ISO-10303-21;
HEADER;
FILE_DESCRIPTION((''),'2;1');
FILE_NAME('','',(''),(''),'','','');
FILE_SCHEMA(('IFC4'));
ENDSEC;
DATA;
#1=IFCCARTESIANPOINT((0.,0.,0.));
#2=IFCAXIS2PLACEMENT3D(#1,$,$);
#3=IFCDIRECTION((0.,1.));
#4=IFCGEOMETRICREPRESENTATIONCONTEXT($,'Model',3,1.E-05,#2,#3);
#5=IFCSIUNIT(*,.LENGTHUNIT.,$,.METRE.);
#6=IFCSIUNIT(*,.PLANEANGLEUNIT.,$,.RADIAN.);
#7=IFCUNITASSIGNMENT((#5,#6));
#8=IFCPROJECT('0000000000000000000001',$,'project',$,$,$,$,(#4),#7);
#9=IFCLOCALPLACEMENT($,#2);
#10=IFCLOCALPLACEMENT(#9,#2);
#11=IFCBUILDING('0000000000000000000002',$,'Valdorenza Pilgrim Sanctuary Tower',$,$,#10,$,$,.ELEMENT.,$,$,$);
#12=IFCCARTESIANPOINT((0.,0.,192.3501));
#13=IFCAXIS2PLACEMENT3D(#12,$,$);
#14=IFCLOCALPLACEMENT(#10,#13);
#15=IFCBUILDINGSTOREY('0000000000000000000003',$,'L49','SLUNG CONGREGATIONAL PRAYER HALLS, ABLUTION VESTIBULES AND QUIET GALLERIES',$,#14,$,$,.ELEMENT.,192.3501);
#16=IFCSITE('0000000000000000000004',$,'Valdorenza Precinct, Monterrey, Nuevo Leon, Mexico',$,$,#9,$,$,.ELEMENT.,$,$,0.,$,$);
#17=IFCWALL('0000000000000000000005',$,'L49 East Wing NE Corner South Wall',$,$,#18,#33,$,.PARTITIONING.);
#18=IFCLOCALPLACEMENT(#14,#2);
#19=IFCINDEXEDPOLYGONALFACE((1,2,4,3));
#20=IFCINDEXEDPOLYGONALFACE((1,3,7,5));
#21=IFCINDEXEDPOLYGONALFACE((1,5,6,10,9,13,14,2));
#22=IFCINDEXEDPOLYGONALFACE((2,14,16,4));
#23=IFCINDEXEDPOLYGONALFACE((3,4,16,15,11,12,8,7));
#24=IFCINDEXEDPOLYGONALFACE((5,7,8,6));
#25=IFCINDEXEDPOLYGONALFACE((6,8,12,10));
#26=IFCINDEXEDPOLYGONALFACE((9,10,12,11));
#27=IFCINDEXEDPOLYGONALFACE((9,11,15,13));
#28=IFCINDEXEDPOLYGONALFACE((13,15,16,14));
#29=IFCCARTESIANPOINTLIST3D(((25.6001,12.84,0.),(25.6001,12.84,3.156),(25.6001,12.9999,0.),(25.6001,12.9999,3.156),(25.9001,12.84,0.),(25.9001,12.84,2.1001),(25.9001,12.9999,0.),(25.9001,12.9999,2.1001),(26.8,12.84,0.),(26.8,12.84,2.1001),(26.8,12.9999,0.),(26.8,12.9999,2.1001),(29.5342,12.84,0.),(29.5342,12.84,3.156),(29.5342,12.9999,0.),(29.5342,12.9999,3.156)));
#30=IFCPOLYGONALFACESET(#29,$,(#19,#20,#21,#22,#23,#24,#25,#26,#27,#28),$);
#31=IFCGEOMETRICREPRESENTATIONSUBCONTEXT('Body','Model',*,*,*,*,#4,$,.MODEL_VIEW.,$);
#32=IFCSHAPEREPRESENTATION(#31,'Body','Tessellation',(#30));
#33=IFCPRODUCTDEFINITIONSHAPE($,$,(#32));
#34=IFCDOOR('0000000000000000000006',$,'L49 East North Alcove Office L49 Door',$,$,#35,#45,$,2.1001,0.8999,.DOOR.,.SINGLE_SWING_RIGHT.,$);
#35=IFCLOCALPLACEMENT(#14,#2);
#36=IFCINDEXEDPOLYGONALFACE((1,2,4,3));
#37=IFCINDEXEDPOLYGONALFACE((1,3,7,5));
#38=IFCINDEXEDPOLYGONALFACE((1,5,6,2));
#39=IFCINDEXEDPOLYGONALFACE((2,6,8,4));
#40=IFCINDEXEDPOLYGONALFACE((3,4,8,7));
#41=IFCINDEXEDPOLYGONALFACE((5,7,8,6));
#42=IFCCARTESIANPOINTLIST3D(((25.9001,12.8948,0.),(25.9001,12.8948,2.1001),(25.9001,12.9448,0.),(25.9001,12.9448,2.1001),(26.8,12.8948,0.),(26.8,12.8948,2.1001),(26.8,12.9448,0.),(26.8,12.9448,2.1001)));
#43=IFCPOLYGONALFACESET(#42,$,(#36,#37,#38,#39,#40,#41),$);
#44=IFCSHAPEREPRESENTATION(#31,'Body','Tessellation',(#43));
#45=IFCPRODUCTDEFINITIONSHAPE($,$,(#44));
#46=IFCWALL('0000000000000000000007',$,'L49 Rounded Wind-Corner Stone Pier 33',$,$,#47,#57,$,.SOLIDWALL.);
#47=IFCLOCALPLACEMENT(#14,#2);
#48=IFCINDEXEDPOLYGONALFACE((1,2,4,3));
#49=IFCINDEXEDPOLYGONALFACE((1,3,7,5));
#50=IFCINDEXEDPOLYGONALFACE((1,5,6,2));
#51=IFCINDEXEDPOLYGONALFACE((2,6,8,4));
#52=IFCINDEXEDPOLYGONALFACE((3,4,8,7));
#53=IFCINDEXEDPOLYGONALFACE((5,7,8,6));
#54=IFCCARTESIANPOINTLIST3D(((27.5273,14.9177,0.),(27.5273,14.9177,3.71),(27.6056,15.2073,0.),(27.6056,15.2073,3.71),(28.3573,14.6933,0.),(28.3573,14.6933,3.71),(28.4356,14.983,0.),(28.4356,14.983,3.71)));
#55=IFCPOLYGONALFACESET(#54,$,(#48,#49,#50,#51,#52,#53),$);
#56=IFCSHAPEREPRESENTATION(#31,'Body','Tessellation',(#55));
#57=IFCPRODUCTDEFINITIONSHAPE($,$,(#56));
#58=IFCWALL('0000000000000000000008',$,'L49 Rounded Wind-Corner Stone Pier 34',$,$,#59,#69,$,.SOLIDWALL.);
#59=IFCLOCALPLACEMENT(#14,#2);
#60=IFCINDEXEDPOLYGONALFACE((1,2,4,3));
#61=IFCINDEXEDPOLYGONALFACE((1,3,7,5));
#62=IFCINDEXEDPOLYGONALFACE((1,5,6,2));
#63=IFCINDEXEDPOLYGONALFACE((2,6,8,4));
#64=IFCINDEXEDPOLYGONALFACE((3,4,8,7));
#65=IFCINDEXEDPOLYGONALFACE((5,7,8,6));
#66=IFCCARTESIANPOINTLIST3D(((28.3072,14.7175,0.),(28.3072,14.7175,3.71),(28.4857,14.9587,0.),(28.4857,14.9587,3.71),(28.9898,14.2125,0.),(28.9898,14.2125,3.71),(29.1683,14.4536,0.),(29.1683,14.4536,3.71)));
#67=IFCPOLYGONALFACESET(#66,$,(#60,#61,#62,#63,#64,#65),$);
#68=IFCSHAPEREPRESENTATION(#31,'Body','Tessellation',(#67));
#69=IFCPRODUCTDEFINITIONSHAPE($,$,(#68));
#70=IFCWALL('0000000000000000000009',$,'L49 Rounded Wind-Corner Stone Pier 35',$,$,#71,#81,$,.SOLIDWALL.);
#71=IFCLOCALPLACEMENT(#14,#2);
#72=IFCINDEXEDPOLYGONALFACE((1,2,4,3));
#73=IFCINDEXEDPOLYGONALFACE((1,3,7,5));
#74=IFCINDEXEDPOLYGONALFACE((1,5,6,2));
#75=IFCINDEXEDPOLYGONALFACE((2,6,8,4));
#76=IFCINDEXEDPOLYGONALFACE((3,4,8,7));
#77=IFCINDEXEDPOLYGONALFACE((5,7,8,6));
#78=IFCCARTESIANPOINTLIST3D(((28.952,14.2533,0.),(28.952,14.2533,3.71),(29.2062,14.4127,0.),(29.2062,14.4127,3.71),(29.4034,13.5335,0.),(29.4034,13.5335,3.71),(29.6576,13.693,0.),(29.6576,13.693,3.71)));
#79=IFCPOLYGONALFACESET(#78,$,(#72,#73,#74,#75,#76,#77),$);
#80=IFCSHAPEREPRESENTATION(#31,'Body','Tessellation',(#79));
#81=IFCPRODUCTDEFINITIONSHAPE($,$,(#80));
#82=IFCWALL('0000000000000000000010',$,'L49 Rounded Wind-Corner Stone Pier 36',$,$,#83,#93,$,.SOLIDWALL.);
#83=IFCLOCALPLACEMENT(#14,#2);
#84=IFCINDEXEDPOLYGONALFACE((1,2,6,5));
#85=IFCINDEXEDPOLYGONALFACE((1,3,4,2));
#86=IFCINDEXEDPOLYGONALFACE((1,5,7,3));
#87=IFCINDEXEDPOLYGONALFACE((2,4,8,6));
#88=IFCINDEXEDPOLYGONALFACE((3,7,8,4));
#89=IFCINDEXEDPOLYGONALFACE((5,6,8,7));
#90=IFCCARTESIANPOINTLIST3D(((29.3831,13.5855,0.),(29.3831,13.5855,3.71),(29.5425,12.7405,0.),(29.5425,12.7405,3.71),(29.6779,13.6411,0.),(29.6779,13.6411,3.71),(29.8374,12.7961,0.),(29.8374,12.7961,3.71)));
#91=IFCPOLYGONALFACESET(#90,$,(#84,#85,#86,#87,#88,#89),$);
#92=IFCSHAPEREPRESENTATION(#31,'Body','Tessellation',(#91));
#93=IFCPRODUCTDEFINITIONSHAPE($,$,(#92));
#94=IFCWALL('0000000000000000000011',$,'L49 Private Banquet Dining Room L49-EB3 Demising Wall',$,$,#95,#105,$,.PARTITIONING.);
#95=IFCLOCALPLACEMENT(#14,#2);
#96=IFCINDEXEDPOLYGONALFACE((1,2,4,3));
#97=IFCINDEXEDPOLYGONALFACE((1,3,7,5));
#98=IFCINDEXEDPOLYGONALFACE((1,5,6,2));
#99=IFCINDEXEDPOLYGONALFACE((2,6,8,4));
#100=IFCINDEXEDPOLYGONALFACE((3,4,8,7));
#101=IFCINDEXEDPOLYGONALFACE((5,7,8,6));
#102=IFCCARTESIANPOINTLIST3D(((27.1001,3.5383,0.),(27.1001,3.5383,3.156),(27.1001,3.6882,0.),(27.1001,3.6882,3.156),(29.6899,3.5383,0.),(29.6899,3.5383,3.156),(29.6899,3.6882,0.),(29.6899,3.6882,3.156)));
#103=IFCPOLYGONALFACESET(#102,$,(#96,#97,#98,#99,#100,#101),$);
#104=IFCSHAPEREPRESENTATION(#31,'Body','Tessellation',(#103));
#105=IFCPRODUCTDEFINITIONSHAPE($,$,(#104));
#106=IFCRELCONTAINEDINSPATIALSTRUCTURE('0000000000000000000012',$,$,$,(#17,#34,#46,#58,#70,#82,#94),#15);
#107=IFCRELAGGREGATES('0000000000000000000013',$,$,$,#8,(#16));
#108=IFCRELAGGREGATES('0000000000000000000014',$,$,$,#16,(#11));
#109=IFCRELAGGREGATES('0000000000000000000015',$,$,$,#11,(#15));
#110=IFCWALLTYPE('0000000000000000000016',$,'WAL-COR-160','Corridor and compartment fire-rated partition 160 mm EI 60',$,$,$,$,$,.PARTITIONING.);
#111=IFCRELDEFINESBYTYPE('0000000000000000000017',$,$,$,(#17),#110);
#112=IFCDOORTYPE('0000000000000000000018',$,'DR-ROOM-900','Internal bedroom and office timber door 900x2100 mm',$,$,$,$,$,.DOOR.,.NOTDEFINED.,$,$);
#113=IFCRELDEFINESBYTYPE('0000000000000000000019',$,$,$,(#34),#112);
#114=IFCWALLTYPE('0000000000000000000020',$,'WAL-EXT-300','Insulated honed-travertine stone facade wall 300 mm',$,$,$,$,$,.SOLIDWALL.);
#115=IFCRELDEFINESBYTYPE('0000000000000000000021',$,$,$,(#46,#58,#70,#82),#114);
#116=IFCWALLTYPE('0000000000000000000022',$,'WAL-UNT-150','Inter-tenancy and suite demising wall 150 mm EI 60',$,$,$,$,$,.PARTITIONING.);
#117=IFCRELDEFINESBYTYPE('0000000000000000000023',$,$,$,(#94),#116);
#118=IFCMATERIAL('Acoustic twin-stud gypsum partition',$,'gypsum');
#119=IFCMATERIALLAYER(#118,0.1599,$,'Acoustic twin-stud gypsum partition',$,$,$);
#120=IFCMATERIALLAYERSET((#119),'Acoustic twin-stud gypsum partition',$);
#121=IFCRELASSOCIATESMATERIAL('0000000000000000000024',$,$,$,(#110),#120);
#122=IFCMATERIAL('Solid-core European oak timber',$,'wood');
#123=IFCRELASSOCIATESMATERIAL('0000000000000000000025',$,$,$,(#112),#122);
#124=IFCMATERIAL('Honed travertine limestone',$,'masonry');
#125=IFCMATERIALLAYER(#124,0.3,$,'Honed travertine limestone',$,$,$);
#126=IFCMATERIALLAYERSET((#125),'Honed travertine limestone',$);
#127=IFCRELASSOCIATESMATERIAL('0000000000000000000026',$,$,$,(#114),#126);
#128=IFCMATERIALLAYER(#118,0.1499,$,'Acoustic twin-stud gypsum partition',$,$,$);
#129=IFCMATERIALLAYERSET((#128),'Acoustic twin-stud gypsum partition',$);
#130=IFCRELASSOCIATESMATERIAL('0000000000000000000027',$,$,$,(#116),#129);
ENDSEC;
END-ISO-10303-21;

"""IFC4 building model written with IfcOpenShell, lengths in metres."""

from ifc_helpers import new_model, si_unit, direction, frame, frame_2d, origin, place, context, subcontext, project, spatial, rectangle, extrude, material, layer, layer_set, type_object, element, fill, save


model = new_model("IFC4")

# Units and contexts
model_context = context("Model", 3, precision=1e-05, world=origin(), true_north=direction((0.0, 1.0)))
body_context = subcontext(model_context, "Body", "Model", "MODEL_VIEW")
ifc_project = project(units=[si_unit("LENGTHUNIT", "METRE"), si_unit("PLANEANGLEUNIT", "RADIAN")], contexts=[model_context])

# Site, building, storey
site_placement = place(None, origin())
site = spatial("IfcSite", under=ifc_project, at=site_placement, Name="Valdorenza Precinct, Monterrey, Nuevo Leon, Mexico", CompositionType="ELEMENT", RefElevation=0.0)
building_placement = place(site_placement, origin())
building = spatial("IfcBuilding", under=site, at=building_placement, Name="Valdorenza Pilgrim Sanctuary Tower", CompositionType="ELEMENT")
storey_placement = place(building_placement, frame((0.0, 0.0, 192.3501)))
storey = spatial("IfcBuildingStorey", under=building, at=storey_placement, Name="L49", Description="SLUNG CONGREGATIONAL PRAYER HALLS, ABLUTION VESTIBULES AND QUIET GALLERIES", CompositionType="ELEMENT", Elevation=192.3501)

# Shared definitions
ifc_material_1 = material(Name="Honed travertine limestone", Category="masonry")

# Shared definitions
ifc_material_2 = material(Name="Acoustic twin-stud gypsum partition", Category="gypsum")
ifc_layer_1 = layer(ifc_material_2, 0.1599, Name="Acoustic twin-stud gypsum partition")
ifc_layer_set_1 = layer_set([ifc_layer_1], Name="Acoustic twin-stud gypsum partition")
wall_type_1 = type_object("IfcWallType", Name="WAL-COR-160", Description="Corridor and compartment fire-rated partition 160 mm EI 60", PredefinedType="PARTITIONING", material=ifc_layer_set_1)

# Wall, opening, door
wall_1_placement = place(storey_placement, frame((25.6001, 12.9199, 0.0), z_axis=(0.0, 0.0, 1.0), x_axis=(1.0, 0.0, 0.0)))
wall_1 = element("IfcWall", 1, at=wall_1_placement, inside=storey, type_object=wall_type_1, Name="L49 East Wing NE Corner South Wall", PredefinedType="PARTITIONING", context=body_context, shape_type="SweptSolid", body=[
    extrude(rectangle(XDim=3.9341, YDim=0.1599, at=frame_2d((1.967, 0.0))), origin(), (0.0, 0.0, 1.0), 3.156),
])
opening_placement = place(wall_1_placement, frame((0.3, 0.0, 0.0)))
opening = element("IfcOpeningElement", 2, at=opening_placement, cuts=wall_1, PredefinedType="OPENING", context=body_context, shape_type="SweptSolid", body=[
    extrude(rectangle(XDim=0.8999, YDim=2.1001, at=frame_2d((0.45, 1.05))), frame((0.0, 0.0947, 0.0), z_axis=(0.0, -1.0, 0.0), x_axis=(1.0, 0.0, 0.0)), (0.0, 0.0, 1.0), 0.1897),
])
ifc_material_3 = material(Name="Solid-core European oak timber", Category="wood")
door_type = type_object("IfcDoorType", Name="DR-ROOM-900", Description="Internal bedroom and office timber door 900x2100 mm", OperationType="NOTDEFINED", PredefinedType="DOOR", material=ifc_material_3)
door_placement = place(opening_placement, origin())
door = element("IfcDoor", 3, at=door_placement, inside=storey, type_object=door_type, Name="L49 East North Alcove Office L49 Door", OperationType="SINGLE_SWING_RIGHT", OverallHeight=2.1001, OverallWidth=0.8999, PredefinedType="DOOR", context=body_context, shape_type="SweptSolid", body=[
    extrude(rectangle(XDim=0.8999, YDim=2.1001, at=frame_2d((0.45, 1.05))), frame((0.0, 0.0249, 0.0), z_axis=(0.0, -1.0, 0.0), x_axis=(1.0, 0.0, 0.0)), (0.0, 0.0, 1.0), 0.05),
])
fill(opening, door)

# Walls
ifc_layer_2 = layer(ifc_material_1, 0.3, Name="Honed travertine limestone")
ifc_layer_set_2 = layer_set([ifc_layer_2], Name="Honed travertine limestone")
wall_type_2 = type_object("IfcWallType", Name="WAL-EXT-300", Description="Insulated honed-travertine stone facade wall 300 mm", PredefinedType="SOLIDWALL", material=ifc_layer_set_2)
wall_2_placement = place(storey_placement, frame((27.5664, 15.0625, 0.0), z_axis=(0.0, 0.0, 1.0), x_axis=(0.965358, -0.26093, 0.0)))
element("IfcWall", 4, at=wall_2_placement, inside=storey, type_object=wall_type_2, Name="L49 Rounded Wind-Corner Stone Pier 33", PredefinedType="SOLIDWALL", context=body_context, shape_type="SweptSolid", body=[
    extrude(rectangle(XDim=0.8599, YDim=0.3, at=frame_2d((0.4299, 0.0))), origin(), (0.0, 0.0, 1.0), 3.71),
])
wall_3_placement = place(storey_placement, frame((28.3965, 14.8381, 0.0), z_axis=(0.0, 0.0, 1.0), x_axis=(0.803847, -0.594836, 0.0)))
element("IfcWall", 5, at=wall_3_placement, inside=storey, type_object=wall_type_2, Name="L49 Rounded Wind-Corner Stone Pier 34", PredefinedType="SOLIDWALL", context=body_context, shape_type="SweptSolid", body=[
    extrude(rectangle(XDim=0.8491, YDim=0.3, at=frame_2d((0.4246, 0.0))), origin(), (0.0, 0.0, 1.0), 3.71),
])
wall_4_placement = place(storey_placement, frame((29.0791, 14.333, 0.0), z_axis=(0.0, 0.0, 1.0), x_axis=(0.531341, -0.847158, 0.0)))
element("IfcWall", 6, at=wall_4_placement, inside=storey, type_object=wall_type_2, Name="L49 Rounded Wind-Corner Stone Pier 35", PredefinedType="SOLIDWALL", context=body_context, shape_type="SweptSolid", body=[
    extrude(rectangle(XDim=0.8496, YDim=0.3, at=frame_2d((0.4248, 0.0))), origin(), (0.0, 0.0, 1.0), 3.71),
])
wall_5_placement = place(storey_placement, frame((29.5305, 13.6133, 0.0), z_axis=(0.0, 0.0, 1.0), x_axis=(0.185403, -0.982663, 0.0)))
element("IfcWall", 7, at=wall_5_placement, inside=storey, type_object=wall_type_2, Name="L49 Rounded Wind-Corner Stone Pier 36", PredefinedType="SOLIDWALL", context=body_context, shape_type="SweptSolid", body=[
    extrude(rectangle(XDim=0.8599, YDim=0.3, at=frame_2d((0.4299, 0.0))), origin(), (0.0, 0.0, 1.0), 3.71),
])
ifc_layer_3 = layer(ifc_material_2, 0.1499, Name="Acoustic twin-stud gypsum partition")
ifc_layer_set_3 = layer_set([ifc_layer_3], Name="Acoustic twin-stud gypsum partition")
wall_type_3 = type_object("IfcWallType", Name="WAL-UNT-150", Description="Inter-tenancy and suite demising wall 150 mm EI 60", PredefinedType="PARTITIONING", material=ifc_layer_set_3)
wall_6_placement = place(storey_placement, frame((27.1001, 3.6133, 0.0), z_axis=(0.0, 0.0, 1.0), x_axis=(1.0, 0.0, 0.0)))
element("IfcWall", 8, at=wall_6_placement, inside=storey, type_object=wall_type_3, Name="L49 Private Banquet Dining Room L49-EB3 Demising Wall", PredefinedType="PARTITIONING", context=body_context, shape_type="SweptSolid", body=[
    extrude(rectangle(XDim=2.5898, YDim=0.1499, at=frame_2d((1.2949, 0.0))), origin(), (0.0, 0.0, 1.0), 3.156),
])

save(model, "model.ifc")
